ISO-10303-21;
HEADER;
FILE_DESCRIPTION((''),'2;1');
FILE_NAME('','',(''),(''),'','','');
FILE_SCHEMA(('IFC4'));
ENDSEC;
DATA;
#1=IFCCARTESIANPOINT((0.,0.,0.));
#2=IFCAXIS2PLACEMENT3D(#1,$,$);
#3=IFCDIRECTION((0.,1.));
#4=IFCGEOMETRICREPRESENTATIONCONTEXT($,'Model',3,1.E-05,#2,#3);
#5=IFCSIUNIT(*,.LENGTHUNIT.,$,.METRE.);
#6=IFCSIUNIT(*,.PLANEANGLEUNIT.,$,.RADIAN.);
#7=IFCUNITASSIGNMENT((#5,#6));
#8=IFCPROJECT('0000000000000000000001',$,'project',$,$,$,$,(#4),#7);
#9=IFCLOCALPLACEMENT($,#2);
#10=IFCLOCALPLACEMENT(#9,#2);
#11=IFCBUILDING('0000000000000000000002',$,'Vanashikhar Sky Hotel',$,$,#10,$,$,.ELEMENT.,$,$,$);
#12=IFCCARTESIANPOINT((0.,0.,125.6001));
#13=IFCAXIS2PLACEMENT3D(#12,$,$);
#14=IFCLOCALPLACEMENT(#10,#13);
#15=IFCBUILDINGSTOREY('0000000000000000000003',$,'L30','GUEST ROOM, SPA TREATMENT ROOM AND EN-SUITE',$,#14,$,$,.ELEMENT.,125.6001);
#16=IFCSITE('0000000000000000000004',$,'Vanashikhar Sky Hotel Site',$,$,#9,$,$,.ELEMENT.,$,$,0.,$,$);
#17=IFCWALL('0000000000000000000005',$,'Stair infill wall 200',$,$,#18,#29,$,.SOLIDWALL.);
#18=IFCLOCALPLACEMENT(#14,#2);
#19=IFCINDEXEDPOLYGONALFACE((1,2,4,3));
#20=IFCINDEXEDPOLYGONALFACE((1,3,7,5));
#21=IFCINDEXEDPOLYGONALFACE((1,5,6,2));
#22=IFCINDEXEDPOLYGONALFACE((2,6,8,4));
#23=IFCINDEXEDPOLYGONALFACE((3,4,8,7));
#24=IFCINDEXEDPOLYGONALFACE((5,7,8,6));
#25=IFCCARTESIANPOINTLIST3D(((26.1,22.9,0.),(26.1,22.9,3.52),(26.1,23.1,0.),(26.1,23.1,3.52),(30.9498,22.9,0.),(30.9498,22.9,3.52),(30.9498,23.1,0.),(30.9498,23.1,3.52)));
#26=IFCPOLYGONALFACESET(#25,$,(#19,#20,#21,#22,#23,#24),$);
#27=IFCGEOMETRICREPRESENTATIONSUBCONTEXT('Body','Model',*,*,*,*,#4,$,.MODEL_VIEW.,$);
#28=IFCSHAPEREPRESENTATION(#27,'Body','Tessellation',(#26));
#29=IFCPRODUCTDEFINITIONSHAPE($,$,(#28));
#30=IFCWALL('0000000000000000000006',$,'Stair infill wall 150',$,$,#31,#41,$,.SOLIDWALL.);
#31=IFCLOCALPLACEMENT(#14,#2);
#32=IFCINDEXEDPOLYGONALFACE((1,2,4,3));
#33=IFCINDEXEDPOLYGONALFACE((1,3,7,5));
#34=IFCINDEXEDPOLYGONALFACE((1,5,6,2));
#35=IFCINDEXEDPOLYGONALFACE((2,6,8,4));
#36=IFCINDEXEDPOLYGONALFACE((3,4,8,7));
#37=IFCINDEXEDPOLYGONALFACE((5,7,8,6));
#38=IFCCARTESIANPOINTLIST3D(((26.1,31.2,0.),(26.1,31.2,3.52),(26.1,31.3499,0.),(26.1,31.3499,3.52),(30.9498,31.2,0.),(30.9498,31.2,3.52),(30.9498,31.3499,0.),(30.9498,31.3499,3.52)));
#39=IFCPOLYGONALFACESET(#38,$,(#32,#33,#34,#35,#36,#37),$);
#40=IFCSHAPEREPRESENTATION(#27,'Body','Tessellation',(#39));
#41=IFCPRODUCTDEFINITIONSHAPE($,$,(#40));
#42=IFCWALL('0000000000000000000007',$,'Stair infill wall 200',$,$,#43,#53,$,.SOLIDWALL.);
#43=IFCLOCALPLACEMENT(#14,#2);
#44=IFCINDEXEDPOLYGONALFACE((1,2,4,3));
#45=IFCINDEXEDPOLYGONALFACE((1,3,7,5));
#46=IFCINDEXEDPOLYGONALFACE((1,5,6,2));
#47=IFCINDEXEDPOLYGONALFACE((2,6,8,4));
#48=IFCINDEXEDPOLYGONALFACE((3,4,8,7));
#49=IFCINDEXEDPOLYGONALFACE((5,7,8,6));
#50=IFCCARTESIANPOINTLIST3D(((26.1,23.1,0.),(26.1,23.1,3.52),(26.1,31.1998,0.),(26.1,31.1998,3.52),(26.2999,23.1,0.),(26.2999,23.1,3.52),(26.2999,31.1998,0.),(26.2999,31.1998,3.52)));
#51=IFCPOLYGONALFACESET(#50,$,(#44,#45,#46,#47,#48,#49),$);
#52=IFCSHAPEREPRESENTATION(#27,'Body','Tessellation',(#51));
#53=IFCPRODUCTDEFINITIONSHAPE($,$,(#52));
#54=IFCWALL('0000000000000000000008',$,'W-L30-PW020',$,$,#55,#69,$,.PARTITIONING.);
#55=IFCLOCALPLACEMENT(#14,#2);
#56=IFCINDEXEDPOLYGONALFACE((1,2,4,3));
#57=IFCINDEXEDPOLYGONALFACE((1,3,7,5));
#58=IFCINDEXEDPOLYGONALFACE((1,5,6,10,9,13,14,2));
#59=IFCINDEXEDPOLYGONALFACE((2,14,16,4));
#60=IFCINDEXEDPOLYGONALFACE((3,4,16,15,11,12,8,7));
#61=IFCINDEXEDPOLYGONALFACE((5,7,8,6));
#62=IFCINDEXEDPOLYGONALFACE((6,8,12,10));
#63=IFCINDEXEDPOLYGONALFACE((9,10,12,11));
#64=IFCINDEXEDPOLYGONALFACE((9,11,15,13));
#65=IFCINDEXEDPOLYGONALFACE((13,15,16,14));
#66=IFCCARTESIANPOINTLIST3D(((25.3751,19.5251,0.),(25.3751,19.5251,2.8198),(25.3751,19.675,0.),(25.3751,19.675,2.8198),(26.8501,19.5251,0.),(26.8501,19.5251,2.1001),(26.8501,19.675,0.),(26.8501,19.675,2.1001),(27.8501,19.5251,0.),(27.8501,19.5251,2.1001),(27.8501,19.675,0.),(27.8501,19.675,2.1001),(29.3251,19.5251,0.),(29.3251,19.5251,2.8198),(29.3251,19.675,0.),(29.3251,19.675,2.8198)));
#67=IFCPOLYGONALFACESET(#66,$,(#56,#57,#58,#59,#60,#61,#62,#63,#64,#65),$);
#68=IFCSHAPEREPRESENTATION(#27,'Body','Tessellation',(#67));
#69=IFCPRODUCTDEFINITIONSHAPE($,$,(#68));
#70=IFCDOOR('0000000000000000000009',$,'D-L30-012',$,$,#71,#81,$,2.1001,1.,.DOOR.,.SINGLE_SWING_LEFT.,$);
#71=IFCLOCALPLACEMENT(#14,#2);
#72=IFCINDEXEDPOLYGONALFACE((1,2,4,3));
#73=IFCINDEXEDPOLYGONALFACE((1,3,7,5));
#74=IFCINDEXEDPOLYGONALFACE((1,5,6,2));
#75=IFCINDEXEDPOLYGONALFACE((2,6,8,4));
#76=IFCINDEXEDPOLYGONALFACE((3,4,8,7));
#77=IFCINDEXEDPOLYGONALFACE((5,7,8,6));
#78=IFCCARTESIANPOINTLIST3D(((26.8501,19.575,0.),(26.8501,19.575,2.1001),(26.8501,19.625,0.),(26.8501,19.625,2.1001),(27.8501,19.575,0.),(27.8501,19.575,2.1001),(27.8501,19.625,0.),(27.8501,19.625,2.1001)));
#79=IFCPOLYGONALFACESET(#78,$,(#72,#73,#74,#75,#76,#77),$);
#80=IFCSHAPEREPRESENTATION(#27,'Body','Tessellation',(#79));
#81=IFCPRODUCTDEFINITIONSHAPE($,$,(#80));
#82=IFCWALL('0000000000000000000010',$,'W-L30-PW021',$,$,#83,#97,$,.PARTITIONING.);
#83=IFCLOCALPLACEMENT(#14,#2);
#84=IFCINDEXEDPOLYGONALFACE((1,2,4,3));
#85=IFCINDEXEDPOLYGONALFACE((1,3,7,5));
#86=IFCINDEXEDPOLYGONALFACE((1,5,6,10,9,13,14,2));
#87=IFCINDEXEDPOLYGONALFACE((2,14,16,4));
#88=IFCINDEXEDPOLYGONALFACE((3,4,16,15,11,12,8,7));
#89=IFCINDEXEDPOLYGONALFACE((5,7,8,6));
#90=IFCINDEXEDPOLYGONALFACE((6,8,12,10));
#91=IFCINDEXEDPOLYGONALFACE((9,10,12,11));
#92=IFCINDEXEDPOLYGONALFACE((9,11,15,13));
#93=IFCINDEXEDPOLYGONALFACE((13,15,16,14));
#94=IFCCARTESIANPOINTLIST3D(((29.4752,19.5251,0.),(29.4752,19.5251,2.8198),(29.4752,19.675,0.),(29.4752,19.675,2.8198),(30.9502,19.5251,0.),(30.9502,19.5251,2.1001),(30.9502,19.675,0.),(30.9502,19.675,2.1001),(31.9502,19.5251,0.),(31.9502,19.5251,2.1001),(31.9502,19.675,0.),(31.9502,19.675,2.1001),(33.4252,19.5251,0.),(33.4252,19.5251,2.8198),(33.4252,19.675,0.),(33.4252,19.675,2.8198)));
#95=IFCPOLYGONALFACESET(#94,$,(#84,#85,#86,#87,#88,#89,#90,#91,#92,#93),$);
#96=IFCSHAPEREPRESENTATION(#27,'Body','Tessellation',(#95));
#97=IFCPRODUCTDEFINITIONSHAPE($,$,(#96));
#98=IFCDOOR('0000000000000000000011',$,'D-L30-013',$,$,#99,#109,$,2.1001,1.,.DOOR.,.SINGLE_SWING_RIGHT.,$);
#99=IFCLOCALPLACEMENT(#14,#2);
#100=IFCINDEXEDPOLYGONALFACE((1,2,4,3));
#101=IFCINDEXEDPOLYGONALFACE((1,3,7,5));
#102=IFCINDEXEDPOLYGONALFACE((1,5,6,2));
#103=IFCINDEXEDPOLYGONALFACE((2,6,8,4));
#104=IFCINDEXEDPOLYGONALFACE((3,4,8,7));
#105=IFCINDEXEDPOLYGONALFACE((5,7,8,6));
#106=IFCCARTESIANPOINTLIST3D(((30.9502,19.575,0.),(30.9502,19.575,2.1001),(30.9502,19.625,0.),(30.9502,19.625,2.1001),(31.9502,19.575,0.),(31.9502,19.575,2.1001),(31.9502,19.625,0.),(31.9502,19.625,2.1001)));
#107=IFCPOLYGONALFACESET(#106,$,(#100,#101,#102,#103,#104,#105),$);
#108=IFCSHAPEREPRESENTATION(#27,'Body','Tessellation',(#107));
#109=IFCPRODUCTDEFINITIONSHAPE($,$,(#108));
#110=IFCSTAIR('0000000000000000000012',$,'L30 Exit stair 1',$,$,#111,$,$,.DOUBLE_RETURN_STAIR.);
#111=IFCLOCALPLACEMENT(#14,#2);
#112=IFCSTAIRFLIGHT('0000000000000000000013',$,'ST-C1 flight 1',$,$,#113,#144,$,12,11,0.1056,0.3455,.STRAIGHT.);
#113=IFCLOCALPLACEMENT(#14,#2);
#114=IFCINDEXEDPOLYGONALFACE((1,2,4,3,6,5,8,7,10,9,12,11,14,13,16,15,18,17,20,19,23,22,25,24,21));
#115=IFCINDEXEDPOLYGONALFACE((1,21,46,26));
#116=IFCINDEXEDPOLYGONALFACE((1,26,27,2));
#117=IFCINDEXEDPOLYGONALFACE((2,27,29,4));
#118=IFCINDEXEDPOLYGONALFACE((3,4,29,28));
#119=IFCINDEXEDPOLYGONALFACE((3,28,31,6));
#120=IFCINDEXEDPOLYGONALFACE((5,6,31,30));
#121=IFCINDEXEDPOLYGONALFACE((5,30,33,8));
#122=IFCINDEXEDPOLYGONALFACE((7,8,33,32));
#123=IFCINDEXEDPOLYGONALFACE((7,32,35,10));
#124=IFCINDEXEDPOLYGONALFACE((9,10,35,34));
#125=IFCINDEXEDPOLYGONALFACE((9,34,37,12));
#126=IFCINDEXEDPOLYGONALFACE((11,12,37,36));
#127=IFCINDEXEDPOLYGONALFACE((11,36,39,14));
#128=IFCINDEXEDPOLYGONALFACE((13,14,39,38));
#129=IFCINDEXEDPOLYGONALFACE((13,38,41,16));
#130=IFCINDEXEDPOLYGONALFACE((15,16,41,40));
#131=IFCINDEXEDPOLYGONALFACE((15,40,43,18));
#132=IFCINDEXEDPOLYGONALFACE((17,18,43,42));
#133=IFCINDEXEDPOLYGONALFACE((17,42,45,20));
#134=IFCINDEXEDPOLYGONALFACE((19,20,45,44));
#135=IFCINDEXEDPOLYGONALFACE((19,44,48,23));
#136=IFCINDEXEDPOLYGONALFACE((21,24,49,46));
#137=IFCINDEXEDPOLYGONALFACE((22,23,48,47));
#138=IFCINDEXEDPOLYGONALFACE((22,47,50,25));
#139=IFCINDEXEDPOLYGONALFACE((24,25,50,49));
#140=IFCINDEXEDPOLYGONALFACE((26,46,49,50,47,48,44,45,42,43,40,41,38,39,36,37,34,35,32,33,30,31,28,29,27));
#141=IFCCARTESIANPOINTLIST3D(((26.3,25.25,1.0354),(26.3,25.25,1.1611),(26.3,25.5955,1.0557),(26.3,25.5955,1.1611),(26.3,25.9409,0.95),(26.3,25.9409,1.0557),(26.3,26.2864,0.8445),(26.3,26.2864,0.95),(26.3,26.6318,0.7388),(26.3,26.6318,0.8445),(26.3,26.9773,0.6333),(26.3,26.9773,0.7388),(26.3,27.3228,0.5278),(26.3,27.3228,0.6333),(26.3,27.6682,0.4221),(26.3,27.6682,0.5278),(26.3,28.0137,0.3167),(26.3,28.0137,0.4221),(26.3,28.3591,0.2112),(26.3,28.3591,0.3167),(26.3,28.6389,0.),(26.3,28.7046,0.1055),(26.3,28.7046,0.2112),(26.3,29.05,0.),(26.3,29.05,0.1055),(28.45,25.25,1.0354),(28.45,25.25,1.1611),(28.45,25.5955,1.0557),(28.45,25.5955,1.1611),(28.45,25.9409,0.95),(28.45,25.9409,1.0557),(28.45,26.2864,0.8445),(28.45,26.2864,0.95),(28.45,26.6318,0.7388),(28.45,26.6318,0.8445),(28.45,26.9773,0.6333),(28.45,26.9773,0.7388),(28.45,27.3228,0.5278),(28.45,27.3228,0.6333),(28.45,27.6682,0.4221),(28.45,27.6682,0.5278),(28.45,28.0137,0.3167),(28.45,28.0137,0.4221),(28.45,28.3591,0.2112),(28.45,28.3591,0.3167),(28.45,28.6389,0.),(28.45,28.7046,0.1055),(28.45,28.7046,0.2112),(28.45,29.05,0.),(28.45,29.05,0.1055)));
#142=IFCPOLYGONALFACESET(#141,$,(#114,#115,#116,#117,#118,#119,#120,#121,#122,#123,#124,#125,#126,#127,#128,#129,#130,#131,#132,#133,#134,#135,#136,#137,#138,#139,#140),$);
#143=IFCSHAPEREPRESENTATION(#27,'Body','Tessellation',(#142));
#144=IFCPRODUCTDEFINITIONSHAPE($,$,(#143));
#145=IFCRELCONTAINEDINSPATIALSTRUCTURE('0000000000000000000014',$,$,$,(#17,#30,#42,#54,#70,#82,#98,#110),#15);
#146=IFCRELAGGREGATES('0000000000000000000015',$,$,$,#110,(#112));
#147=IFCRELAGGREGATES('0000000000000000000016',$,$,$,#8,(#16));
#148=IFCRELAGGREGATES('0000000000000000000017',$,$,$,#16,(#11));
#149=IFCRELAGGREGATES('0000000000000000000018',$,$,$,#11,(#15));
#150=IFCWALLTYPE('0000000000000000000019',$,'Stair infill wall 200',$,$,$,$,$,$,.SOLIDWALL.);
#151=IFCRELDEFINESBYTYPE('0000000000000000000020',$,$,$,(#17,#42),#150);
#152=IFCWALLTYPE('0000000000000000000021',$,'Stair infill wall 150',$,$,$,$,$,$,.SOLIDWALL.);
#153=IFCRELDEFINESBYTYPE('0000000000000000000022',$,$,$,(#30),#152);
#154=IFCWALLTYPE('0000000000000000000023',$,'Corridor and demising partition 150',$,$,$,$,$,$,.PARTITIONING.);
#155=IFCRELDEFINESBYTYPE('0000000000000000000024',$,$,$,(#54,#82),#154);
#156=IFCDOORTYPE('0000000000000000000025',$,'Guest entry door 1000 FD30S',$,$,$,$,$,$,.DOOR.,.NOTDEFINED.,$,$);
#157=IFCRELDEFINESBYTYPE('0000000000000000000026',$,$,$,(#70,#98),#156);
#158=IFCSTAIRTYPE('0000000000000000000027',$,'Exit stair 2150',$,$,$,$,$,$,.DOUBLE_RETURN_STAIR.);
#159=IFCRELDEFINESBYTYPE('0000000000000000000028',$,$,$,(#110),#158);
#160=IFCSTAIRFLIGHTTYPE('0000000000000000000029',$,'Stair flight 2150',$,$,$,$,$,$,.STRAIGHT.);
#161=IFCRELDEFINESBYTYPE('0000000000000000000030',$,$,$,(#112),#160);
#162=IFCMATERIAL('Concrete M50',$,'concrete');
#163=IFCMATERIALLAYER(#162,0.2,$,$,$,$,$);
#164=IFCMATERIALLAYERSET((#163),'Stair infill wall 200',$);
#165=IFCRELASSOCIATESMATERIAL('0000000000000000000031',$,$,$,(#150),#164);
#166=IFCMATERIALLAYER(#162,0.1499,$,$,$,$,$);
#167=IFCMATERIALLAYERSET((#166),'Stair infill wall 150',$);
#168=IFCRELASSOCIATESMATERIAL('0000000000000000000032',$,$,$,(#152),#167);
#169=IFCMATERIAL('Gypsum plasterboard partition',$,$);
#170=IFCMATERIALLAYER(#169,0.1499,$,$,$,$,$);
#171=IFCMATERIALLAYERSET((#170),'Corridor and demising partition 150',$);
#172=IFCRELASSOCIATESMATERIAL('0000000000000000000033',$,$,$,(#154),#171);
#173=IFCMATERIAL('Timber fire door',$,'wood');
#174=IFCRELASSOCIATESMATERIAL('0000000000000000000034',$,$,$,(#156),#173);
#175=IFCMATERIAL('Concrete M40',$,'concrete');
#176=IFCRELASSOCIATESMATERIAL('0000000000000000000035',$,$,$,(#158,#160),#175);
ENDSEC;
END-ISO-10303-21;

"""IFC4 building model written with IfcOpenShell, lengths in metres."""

from ifc_helpers import new_model, si_unit, direction, frame, frame_2d, origin, place, context, subcontext, project, spatial, polyline, rectangle, outline, extrude, source, transform, mapped, material, layer, layer_set, type_object, element, fill, aggregate, save


model = new_model("IFC4")

# Units and contexts
model_context = context("Model", 3, precision=1e-05, world=origin(), true_north=direction((0.0, 1.0)))
body_context = subcontext(model_context, "Body", "Model", "MODEL_VIEW")
ifc_project = project(units=[si_unit("LENGTHUNIT", "METRE"), si_unit("PLANEANGLEUNIT", "RADIAN")], contexts=[model_context])

# Site, building, storey
site_placement = place(None, origin())
site = spatial("IfcSite", under=ifc_project, at=site_placement, Name="Vanashikhar Sky Hotel Site", CompositionType="ELEMENT", RefElevation=0.0)
building_placement = place(site_placement, origin())
building = spatial("IfcBuilding", under=site, at=building_placement, Name="Vanashikhar Sky Hotel", CompositionType="ELEMENT")
storey_placement = place(building_placement, frame((0.0, 0.0, 125.6001)))
storey = spatial("IfcBuildingStorey", under=building, at=storey_placement, Name="L30", Description="GUEST ROOM, SPA TREATMENT ROOM AND EN-SUITE", CompositionType="ELEMENT", Elevation=125.6001)

# Walls
ifc_material_1 = material(Name="Concrete M50", Category="concrete")
ifc_layer_1 = layer(ifc_material_1, 0.2)
ifc_layer_set_1 = layer_set([ifc_layer_1], Name="Stair infill wall 200")
wall_type_1 = type_object("IfcWallType", Name="Stair infill wall 200", PredefinedType="SOLIDWALL", material=ifc_layer_set_1)
shared_shape_1 = source(origin(), body_context, "Body", "SweptSolid", [
    extrude(rectangle(XDim=4.8499, YDim=0.2, at=frame_2d((2.4248, 0.0))), origin(), (0.0, 0.0, 1.0), 3.52),
])
wall_1_placement = place(storey_placement, frame((26.1001, 23.0, 0.0), z_axis=(0.0, 0.0, 1.0), x_axis=(1.0, 0.0, 0.0)))
element("IfcWall", 1, at=wall_1_placement, inside=storey, type_object=wall_type_1, Name="Stair infill wall 200", PredefinedType="SOLIDWALL", context=body_context, shape_type="MappedRepresentation", body=[
    mapped(shared_shape_1, transform((0.0, 0.0, 0.0), scale=1.0)),
])
ifc_layer_2 = layer(ifc_material_1, 0.1499)
ifc_layer_set_2 = layer_set([ifc_layer_2], Name="Stair infill wall 150")
wall_type_2 = type_object("IfcWallType", Name="Stair infill wall 150", PredefinedType="SOLIDWALL", material=ifc_layer_set_2)
shared_shape_2 = source(origin(), body_context, "Body", "SweptSolid", [
    extrude(rectangle(XDim=4.8499, YDim=0.1499, at=frame_2d((2.4248, 0.0))), origin(), (0.0, 0.0, 1.0), 3.52),
])
wall_2_placement = place(storey_placement, frame((26.1001, 31.2749, 0.0), z_axis=(0.0, 0.0, 1.0), x_axis=(1.0, 0.0, 0.0)))
element("IfcWall", 2, at=wall_2_placement, inside=storey, type_object=wall_type_2, Name="Stair infill wall 150", PredefinedType="SOLIDWALL", context=body_context, shape_type="MappedRepresentation", body=[
    mapped(shared_shape_2, transform((0.0, 0.0, 0.0), scale=1.0)),
])
shared_shape_3 = source(origin(), body_context, "Body", "SweptSolid", [
    extrude(rectangle(XDim=8.0999, YDim=0.2, at=frame_2d((4.0498, 0.0))), origin(), (0.0, 0.0, 1.0), 3.52),
])
wall_3_placement = place(storey_placement, frame((26.2, 23.1001, 0.0), z_axis=(0.0, 0.0, 1.0), x_axis=(0.0, 1.0, 0.0)))
element("IfcWall", 3, at=wall_3_placement, inside=storey, type_object=wall_type_1, Name="Stair infill wall 200", PredefinedType="SOLIDWALL", context=body_context, shape_type="MappedRepresentation", body=[
    mapped(shared_shape_3, transform((0.0, 0.0, 0.0), scale=1.0)),
])

# Walls, openings, doors
ifc_material_2 = material(Name="Gypsum plasterboard partition")
ifc_layer_3 = layer(ifc_material_2, 0.1499)
ifc_layer_set_3 = layer_set([ifc_layer_3], Name="Corridor and demising partition 150")
wall_type_3 = type_object("IfcWallType", Name="Corridor and demising partition 150", PredefinedType="PARTITIONING", material=ifc_layer_set_3)
shared_shape_4 = source(origin(), body_context, "Body", "SweptSolid", [
    extrude(rectangle(XDim=3.95, YDim=0.1499, at=frame_2d((1.9751, 0.0))), origin(), (0.0, 0.0, 1.0), 2.8198),
])
wall_4_placement = place(storey_placement, frame((25.375, 19.6001, 0.0), z_axis=(0.0, 0.0, 1.0), x_axis=(1.0, 0.0, 0.0)))
wall_4 = element("IfcWall", 4, at=wall_4_placement, inside=storey, type_object=wall_type_3, Name="W-L30-PW020", PredefinedType="PARTITIONING", context=body_context, shape_type="MappedRepresentation", body=[
    mapped(shared_shape_4, transform((0.0, 0.0, 0.0), scale=1.0)),
])
shared_shape_5 = source(origin(), body_context, "Body", "SweptSolid", [
    extrude(rectangle(XDim=1.0, YDim=2.1001, at=frame_2d((0.5, 1.05))), frame((0.0, 0.085, 0.0), z_axis=(0.0, -1.0, 0.0), x_axis=(1.0, 0.0, 0.0)), (0.0, 0.0, 1.0), 0.1699),
])
opening_1_placement = place(wall_4_placement, frame((1.4751, 0.0, 0.0)))
opening_1 = element("IfcOpeningElement", 5, at=opening_1_placement, cuts=wall_4, PredefinedType="OPENING", context=body_context, shape_type="MappedRepresentation", body=[
    mapped(shared_shape_5, transform((0.0, 0.0, 0.0), scale=1.0)),
])
ifc_material_3 = material(Name="Timber fire door", Category="wood")
door_type_1 = type_object("IfcDoorType", Name="Guest entry door 1000 FD30S", OperationType="NOTDEFINED", PredefinedType="DOOR", material=ifc_material_3)
shared_shape_6 = source(origin(), body_context, "Body", "SweptSolid", [
    extrude(rectangle(XDim=1.0, YDim=2.1001, at=frame_2d((0.5, 1.05))), frame((0.0, 0.0249, 0.0), z_axis=(0.0, -1.0, 0.0), x_axis=(1.0, 0.0, 0.0)), (0.0, 0.0, 1.0), 0.05),
])
door_1_placement = place(opening_1_placement, origin())
door_1 = element("IfcDoor", 6, at=door_1_placement, inside=storey, type_object=door_type_1, Name="D-L30-012", OperationType="SINGLE_SWING_LEFT", OverallHeight=2.1001, OverallWidth=1.0, PredefinedType="DOOR", context=body_context, shape_type="MappedRepresentation", body=[
    mapped(shared_shape_6, transform((0.0, 0.0, 0.0), scale=1.0)),
])
fill(opening_1, door_1)
wall_5_placement = place(storey_placement, frame((29.4751, 19.6001, 0.0), z_axis=(0.0, 0.0, 1.0), x_axis=(1.0, 0.0, 0.0)))
wall_5 = element("IfcWall", 7, at=wall_5_placement, inside=storey, type_object=wall_type_3, Name="W-L30-PW021", PredefinedType="PARTITIONING", context=body_context, shape_type="MappedRepresentation", body=[
    mapped(shared_shape_4, transform((0.0, 0.0, 0.0), scale=1.0)),
])
opening_2_placement = place(wall_5_placement, frame((1.4751, 0.0, 0.0)))
opening_2 = element("IfcOpeningElement", 8, at=opening_2_placement, cuts=wall_5, PredefinedType="OPENING", context=body_context, shape_type="MappedRepresentation", body=[
    mapped(shared_shape_5, transform((0.0, 0.0, 0.0), scale=1.0)),
])
door_2_placement = place(opening_2_placement, origin())
door_2 = element("IfcDoor", 9, at=door_2_placement, inside=storey, type_object=door_type_1, Name="D-L30-013", OperationType="SINGLE_SWING_RIGHT", OverallHeight=2.1001, OverallWidth=1.0, PredefinedType="DOOR", context=body_context, shape_type="MappedRepresentation", body=[
    mapped(shared_shape_6, transform((0.0, 0.0, 0.0), scale=1.0)),
])
fill(opening_2, door_2)

# Stair, stair flight
ifc_material_4 = material(Name="Concrete M40", Category="concrete")
stair_type = type_object("IfcStairType", Name="Exit stair 2150", PredefinedType="DOUBLE_RETURN_STAIR", material=ifc_material_4)
stair_placement = place(storey_placement, origin())
stair = element("IfcStair", 10, at=stair_placement, inside=storey, type_object=stair_type, Name="L30 Exit stair 1", PredefinedType="DOUBLE_RETURN_STAIR")
stair_flight_type = type_object("IfcStairFlightType", Name="Stair flight 2150", PredefinedType="STRAIGHT", material=ifc_material_4)
shared_shape_7 = source(origin(), body_context, "Body", "SweptSolid", [
    extrude(outline(polyline([(0.0, 0.0), (0.0, 0.1055), (0.3455, 0.1055), (0.3455, 0.2112), (0.6909, 0.2112), (0.6909, 0.3167), (1.0364, 0.3167), (1.0364, 0.4221), (1.3818, 0.4221), (1.3818, 0.5278), (1.7273, 0.5278), (1.7273, 0.6333), (2.0728, 0.6333), (2.0728, 0.7388), (2.4182, 0.7388), (2.4182, 0.8445), (2.7637, 0.8445), (2.7637, 0.95), (3.1091, 0.95), (3.1091, 1.0557), (3.4546, 1.0557), (3.4546, 1.1611), (3.8, 1.1611), (3.8, 1.2666), (3.8, 1.0354), (0.4111, 0.0), (0.0, 0.0)])), frame((0.0, 1.075, 0.0), z_axis=(0.0, -1.0, 0.0), x_axis=(1.0, 0.0, 0.0)), (0.0, 0.0, 1.0), 2.1499),
])
stair_flight_1_placement = place(storey_placement, frame((27.375, 29.05, 0.0), z_axis=(0.0, 0.0, 1.0), x_axis=(0.0, -1.0, 0.0)))
stair_flight_1 = element("IfcStairFlight", 11, at=stair_flight_1_placement, type_object=stair_flight_type, Name="ST-C1 flight 1", NumberOfRisers=12, NumberOfTreads=11, PredefinedType="STRAIGHT", RiserHeight=0.1056, TreadLength=0.3455, context=body_context, shape_type="MappedRepresentation", body=[
    mapped(shared_shape_7, transform((0.0, 0.0, 0.0), scale=1.0)),
])
aggregate(stair, [stair_flight_1])

save(model, "model.ifc")
